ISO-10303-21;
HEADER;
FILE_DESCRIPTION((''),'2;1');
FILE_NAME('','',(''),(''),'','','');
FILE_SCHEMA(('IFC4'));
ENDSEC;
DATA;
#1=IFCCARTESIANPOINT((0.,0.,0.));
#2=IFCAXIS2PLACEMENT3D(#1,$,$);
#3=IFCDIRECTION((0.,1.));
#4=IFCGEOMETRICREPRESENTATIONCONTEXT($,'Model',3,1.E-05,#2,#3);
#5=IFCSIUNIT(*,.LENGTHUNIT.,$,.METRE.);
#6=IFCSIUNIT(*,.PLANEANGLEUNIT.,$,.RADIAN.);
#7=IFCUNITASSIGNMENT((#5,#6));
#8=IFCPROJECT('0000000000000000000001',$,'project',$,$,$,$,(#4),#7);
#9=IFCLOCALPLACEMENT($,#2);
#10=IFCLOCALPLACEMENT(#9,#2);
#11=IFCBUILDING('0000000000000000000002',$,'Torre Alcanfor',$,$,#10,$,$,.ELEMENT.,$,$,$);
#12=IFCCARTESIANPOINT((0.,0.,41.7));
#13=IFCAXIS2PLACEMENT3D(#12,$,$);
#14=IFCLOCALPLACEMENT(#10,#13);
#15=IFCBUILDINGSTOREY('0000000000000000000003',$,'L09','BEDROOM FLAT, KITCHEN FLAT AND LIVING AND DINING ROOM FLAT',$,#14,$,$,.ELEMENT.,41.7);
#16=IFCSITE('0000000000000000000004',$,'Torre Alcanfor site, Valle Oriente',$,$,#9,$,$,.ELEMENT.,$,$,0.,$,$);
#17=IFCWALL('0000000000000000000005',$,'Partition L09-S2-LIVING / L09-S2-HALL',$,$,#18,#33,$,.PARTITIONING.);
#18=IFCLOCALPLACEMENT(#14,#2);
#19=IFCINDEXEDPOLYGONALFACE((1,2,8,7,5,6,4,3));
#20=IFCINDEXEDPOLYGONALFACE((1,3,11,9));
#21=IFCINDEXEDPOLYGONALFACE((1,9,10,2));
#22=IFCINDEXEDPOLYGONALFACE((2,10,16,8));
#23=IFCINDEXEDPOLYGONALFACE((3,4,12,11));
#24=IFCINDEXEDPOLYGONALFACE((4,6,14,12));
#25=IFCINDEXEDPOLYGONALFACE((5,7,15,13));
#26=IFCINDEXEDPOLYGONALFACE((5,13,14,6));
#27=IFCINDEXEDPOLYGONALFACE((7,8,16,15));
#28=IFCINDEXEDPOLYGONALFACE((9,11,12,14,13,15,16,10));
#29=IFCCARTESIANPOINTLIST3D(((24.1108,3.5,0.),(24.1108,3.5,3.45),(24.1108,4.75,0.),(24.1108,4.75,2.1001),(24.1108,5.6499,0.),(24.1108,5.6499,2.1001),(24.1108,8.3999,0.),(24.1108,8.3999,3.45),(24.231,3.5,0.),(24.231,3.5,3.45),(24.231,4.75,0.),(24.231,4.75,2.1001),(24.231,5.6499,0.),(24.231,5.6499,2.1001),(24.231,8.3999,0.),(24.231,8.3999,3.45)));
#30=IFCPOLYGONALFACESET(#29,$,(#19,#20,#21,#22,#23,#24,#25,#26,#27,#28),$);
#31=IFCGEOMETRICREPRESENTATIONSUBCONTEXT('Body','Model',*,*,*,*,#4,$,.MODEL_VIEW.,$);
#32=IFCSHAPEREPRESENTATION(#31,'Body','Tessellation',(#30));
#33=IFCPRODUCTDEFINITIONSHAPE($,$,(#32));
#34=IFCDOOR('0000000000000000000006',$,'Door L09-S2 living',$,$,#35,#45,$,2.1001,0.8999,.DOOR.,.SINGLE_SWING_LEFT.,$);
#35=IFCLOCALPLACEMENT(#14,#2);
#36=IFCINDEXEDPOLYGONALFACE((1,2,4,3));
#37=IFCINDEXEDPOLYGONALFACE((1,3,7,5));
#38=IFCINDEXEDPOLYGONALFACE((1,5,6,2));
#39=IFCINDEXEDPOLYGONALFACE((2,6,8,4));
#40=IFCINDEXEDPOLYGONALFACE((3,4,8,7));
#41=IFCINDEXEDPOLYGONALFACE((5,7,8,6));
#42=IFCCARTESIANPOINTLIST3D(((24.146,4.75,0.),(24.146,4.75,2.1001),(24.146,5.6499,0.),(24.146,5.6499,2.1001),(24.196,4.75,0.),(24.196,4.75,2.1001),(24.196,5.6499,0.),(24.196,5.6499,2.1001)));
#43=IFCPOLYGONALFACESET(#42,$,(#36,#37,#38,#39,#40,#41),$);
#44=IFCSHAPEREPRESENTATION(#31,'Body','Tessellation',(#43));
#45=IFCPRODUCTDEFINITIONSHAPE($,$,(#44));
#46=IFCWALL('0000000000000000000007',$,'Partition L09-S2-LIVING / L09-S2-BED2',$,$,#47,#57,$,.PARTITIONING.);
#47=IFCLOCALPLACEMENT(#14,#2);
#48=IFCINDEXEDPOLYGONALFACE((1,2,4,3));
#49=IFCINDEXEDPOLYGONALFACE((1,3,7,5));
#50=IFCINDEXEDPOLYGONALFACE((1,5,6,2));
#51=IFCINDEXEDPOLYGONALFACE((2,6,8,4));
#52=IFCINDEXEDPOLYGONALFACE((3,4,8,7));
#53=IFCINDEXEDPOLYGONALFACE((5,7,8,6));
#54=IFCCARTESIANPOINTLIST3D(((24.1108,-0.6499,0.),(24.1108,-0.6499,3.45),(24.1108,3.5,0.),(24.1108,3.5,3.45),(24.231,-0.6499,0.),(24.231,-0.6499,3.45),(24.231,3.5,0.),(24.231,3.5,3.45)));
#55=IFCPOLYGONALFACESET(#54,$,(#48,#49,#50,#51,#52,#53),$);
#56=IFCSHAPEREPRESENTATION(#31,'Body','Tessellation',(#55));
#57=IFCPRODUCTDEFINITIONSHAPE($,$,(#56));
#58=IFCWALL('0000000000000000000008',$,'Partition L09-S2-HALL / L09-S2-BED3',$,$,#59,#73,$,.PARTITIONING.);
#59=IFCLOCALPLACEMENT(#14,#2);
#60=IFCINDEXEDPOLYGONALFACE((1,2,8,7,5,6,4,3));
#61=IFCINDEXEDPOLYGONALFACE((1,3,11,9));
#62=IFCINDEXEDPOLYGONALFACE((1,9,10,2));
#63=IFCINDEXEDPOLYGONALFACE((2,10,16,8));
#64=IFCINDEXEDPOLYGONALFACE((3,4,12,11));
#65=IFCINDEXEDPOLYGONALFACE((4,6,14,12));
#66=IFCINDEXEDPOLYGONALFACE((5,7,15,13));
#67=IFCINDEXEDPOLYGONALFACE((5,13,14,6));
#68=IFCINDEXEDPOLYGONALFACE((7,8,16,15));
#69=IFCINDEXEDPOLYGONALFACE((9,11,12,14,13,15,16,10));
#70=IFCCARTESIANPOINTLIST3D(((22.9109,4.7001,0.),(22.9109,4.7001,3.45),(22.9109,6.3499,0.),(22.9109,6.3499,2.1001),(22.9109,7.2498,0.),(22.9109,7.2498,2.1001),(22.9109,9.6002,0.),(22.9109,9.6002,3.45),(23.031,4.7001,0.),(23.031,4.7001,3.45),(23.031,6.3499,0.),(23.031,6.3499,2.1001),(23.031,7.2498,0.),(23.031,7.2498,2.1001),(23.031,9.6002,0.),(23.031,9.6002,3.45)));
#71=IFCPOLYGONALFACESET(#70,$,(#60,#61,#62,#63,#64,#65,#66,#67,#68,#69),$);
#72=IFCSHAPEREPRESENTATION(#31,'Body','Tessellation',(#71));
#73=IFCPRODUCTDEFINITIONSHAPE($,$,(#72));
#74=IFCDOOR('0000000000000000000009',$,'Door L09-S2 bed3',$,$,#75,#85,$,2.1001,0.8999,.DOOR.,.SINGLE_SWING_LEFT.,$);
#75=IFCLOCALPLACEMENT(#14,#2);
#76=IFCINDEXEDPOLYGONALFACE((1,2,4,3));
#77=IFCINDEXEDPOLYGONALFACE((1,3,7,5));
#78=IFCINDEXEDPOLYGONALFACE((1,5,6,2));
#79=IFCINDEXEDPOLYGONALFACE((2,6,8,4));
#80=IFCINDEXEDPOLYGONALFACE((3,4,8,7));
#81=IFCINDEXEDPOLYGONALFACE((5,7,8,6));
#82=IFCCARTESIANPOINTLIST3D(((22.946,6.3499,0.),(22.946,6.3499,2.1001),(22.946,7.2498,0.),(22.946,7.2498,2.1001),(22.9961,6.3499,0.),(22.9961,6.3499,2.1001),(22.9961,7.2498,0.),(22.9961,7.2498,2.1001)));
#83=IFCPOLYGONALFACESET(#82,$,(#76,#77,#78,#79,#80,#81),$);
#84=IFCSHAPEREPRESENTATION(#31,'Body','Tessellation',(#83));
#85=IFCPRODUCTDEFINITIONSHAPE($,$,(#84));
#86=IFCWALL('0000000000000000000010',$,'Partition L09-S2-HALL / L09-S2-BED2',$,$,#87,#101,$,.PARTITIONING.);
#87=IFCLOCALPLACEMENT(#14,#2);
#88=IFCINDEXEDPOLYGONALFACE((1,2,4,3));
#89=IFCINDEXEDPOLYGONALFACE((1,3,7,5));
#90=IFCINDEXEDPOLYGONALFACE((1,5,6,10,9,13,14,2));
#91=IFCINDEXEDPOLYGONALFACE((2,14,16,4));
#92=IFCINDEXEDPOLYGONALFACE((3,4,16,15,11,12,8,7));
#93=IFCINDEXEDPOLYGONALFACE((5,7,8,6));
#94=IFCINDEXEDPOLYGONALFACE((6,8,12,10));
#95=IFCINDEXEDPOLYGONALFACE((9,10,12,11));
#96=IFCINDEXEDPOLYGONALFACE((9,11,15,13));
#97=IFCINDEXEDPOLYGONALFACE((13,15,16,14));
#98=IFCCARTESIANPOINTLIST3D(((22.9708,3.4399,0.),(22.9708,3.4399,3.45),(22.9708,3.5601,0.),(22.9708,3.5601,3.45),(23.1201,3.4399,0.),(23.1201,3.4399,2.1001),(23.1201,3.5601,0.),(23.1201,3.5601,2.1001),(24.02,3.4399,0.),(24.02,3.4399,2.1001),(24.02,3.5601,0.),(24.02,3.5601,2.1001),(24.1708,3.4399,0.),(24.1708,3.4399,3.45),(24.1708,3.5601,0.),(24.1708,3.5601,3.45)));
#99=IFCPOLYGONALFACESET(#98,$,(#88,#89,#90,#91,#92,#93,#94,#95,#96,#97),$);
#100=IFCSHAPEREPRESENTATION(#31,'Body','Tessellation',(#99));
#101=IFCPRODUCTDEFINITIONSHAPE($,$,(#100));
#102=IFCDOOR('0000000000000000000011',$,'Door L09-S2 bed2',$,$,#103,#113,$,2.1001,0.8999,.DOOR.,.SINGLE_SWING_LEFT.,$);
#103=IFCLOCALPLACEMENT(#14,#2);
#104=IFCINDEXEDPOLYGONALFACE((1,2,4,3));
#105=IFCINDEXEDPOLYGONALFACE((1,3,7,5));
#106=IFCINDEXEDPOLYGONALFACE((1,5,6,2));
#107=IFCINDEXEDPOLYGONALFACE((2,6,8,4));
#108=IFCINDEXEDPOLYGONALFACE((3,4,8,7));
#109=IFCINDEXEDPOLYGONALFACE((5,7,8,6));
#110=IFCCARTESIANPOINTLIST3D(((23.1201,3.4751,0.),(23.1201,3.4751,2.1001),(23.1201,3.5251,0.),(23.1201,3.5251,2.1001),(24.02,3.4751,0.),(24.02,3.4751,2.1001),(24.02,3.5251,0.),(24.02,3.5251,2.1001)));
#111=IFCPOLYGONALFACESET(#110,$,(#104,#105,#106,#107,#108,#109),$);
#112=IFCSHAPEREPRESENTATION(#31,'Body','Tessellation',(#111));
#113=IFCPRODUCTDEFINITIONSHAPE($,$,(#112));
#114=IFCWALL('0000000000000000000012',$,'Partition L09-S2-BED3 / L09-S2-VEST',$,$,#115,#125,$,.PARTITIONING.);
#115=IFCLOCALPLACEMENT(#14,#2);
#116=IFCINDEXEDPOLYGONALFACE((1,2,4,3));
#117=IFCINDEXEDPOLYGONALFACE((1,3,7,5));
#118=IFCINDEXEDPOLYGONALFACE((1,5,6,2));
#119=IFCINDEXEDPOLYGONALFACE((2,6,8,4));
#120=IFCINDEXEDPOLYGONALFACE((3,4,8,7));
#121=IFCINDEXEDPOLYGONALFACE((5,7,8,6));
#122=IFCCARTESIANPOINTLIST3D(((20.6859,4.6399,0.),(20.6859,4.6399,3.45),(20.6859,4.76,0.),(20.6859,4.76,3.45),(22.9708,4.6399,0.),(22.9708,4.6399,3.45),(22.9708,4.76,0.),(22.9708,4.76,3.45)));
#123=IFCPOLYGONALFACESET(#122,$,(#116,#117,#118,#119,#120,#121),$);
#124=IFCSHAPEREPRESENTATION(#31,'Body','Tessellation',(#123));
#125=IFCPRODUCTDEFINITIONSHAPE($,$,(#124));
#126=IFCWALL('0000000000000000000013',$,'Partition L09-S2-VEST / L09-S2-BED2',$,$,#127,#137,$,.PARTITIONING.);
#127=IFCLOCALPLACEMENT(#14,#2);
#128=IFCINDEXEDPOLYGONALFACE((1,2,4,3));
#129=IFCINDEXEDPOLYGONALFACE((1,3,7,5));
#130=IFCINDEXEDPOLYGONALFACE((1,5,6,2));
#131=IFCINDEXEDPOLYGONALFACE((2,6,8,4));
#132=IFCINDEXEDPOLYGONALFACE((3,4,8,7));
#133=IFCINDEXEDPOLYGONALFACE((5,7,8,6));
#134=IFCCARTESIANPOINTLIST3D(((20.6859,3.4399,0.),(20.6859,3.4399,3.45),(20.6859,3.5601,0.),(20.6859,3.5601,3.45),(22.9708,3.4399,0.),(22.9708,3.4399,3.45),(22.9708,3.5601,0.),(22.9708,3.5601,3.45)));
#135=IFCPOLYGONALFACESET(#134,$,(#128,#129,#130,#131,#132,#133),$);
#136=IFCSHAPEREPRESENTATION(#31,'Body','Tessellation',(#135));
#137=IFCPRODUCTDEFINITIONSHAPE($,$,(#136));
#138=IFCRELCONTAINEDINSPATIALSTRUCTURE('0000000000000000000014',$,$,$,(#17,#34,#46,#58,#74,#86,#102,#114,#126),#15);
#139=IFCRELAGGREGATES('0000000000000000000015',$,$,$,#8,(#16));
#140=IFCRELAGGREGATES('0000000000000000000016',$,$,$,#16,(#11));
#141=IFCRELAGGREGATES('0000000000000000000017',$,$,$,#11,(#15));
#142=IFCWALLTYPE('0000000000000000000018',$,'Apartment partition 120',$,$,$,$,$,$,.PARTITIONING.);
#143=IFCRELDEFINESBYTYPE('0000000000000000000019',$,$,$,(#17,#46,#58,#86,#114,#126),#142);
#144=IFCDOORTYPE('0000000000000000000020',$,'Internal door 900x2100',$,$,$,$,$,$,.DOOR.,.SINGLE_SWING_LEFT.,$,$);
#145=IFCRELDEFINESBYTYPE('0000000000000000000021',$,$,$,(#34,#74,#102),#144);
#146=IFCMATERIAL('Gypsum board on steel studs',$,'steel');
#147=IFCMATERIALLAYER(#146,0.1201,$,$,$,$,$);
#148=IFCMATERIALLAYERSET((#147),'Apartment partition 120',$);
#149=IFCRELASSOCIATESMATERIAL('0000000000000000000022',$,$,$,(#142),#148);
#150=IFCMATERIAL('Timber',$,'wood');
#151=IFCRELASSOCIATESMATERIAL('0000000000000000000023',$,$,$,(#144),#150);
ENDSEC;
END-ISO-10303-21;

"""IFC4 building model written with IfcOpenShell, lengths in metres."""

from ifc_helpers import new_model, si_unit, direction, frame, frame_2d, origin, place, context, subcontext, project, spatial, rectangle, extrude, material, layer, layer_set, type_object, element, fill, save


model = new_model("IFC4")

# Units and contexts
model_context = context("Model", 3, precision=1e-05, world=origin(), true_north=direction((0.0, 1.0)))
body_context = subcontext(model_context, "Body", "Model", "MODEL_VIEW")
ifc_project = project(units=[si_unit("LENGTHUNIT", "METRE"), si_unit("PLANEANGLEUNIT", "RADIAN")], contexts=[model_context])

# Site, building, storey
site_placement = place(None, origin())
site = spatial("IfcSite", under=ifc_project, at=site_placement, Name="Torre Alcanfor site, Valle Oriente", CompositionType="ELEMENT", RefElevation=0.0)
building_placement = place(site_placement, origin())
building = spatial("IfcBuilding", under=site, at=building_placement, Name="Torre Alcanfor", CompositionType="ELEMENT")
storey_placement = place(building_placement, frame((0.0, 0.0, 41.7)))
storey = spatial("IfcBuildingStorey", under=building, at=storey_placement, Name="L09", Description="BEDROOM FLAT, KITCHEN FLAT AND LIVING AND DINING ROOM FLAT", CompositionType="ELEMENT", Elevation=41.7)

# Shared definitions
ifc_material_1 = material(Name="Gypsum board on steel studs", Category="steel")
ifc_layer_1 = layer(ifc_material_1, 0.1201)
ifc_layer_set_1 = layer_set([ifc_layer_1], Name="Apartment partition 120")
wall_type = type_object("IfcWallType", Name="Apartment partition 120", PredefinedType="PARTITIONING", material=ifc_layer_set_1)

# Wall, opening, door
wall_1_placement = place(storey_placement, frame((24.1709, 3.5, 0.0), z_axis=(0.0, 0.0, 1.0), x_axis=(0.0, 1.0, 0.0)))
wall_1 = element("IfcWall", 1, at=wall_1_placement, inside=storey, type_object=wall_type, Name="Partition L09-S2-LIVING / L09-S2-HALL", PredefinedType="PARTITIONING", context=body_context, shape_type="SweptSolid", body=[
    extrude(rectangle(XDim=4.8999, YDim=0.1201, at=frame_2d((2.45, 0.0))), origin(), (0.0, 0.0, 1.0), 3.45),
])
opening_1_placement = place(wall_1_placement, frame((1.25, 0.0, 0.0)))
opening_1 = element("IfcOpeningElement", 2, at=opening_1_placement, cuts=wall_1, PredefinedType="OPENING", context=body_context, shape_type="SweptSolid", body=[
    extrude(rectangle(XDim=0.8999, YDim=2.1001, at=frame_2d((0.45, 1.05))), frame((0.0, 0.0701, 0.0), z_axis=(0.0, -1.0, 0.0), x_axis=(1.0, 0.0, 0.0)), (0.0, 0.0, 1.0), 0.1401),
])
ifc_material_2 = material(Name="Timber", Category="wood")
door_type = type_object("IfcDoorType", Name="Internal door 900x2100", OperationType="SINGLE_SWING_LEFT", PredefinedType="DOOR", material=ifc_material_2)
door_1_placement = place(opening_1_placement, frame((0.8999, 0.0, 0.0), z_axis=(0.0, 0.0, 1.0), x_axis=(-1.0, 0.0, 0.0)))
door_1 = element("IfcDoor", 3, at=door_1_placement, inside=storey, type_object=door_type, Name="Door L09-S2 living", OperationType="SINGLE_SWING_LEFT", OverallHeight=2.1001, OverallWidth=0.8999, PredefinedType="DOOR", context=body_context, shape_type="SweptSolid", body=[
    extrude(rectangle(XDim=0.8999, YDim=2.1001, at=frame_2d((0.45, 1.05))), frame((0.0, 0.0251, 0.0), z_axis=(0.0, -1.0, 0.0), x_axis=(1.0, 0.0, 0.0)), (0.0, 0.0, 1.0), 0.05),
])
fill(opening_1, door_1)

# Wall
wall_2_placement = place(storey_placement, frame((24.1709, -0.6499, 0.0), z_axis=(0.0, 0.0, 1.0), x_axis=(0.0, 1.0, 0.0)))
element("IfcWall", 4, at=wall_2_placement, inside=storey, type_object=wall_type, Name="Partition L09-S2-LIVING / L09-S2-BED2", PredefinedType="PARTITIONING", context=body_context, shape_type="SweptSolid", body=[
    extrude(rectangle(XDim=4.1499, YDim=0.1201, at=frame_2d((2.075, 0.0))), origin(), (0.0, 0.0, 1.0), 3.45),
])

# Walls, openings, doors
wall_3_placement = place(storey_placement, frame((22.9709, 4.7, 0.0), z_axis=(0.0, 0.0, 1.0), x_axis=(0.0, 1.0, 0.0)))
wall_3 = element("IfcWall", 5, at=wall_3_placement, inside=storey, type_object=wall_type, Name="Partition L09-S2-HALL / L09-S2-BED3", PredefinedType="PARTITIONING", context=body_context, shape_type="SweptSolid", body=[
    extrude(rectangle(XDim=4.9001, YDim=0.1201, at=frame_2d((2.4502, 0.0))), origin(), (0.0, 0.0, 1.0), 3.45),
])
opening_2_placement = place(wall_3_placement, frame((1.6499, 0.0, 0.0)))
opening_2 = element("IfcOpeningElement", 6, at=opening_2_placement, cuts=wall_3, PredefinedType="OPENING", context=body_context, shape_type="SweptSolid", body=[
    extrude(rectangle(XDim=0.8999, YDim=2.1001, at=frame_2d((0.45, 1.05))), frame((0.0, 0.0701, 0.0), z_axis=(0.0, -1.0, 0.0), x_axis=(1.0, 0.0, 0.0)), (0.0, 0.0, 1.0), 0.1401),
])
door_2_placement = place(opening_2_placement, origin())
door_2 = element("IfcDoor", 7, at=door_2_placement, inside=storey, type_object=door_type, Name="Door L09-S2 bed3", OperationType="SINGLE_SWING_LEFT", OverallHeight=2.1001, OverallWidth=0.8999, PredefinedType="DOOR", context=body_context, shape_type="SweptSolid", body=[
    extrude(rectangle(XDim=0.8999, YDim=2.1001, at=frame_2d((0.45, 1.05))), frame((0.0, 0.0249, 0.0), z_axis=(0.0, -1.0, 0.0), x_axis=(1.0, 0.0, 0.0)), (0.0, 0.0, 1.0), 0.05),
])
fill(opening_2, door_2)
wall_4_placement = place(storey_placement, frame((24.1709, 3.5, 0.0), z_axis=(0.0, 0.0, 1.0), x_axis=(-1.0, 0.0, 0.0)))
wall_4 = element("IfcWall", 8, at=wall_4_placement, inside=storey, type_object=wall_type, Name="Partition L09-S2-HALL / L09-S2-BED2", PredefinedType="PARTITIONING", context=body_context, shape_type="SweptSolid", body=[
    extrude(rectangle(XDim=1.2, YDim=0.1201, at=frame_2d((0.6001, 0.0))), origin(), (0.0, 0.0, 1.0), 3.45),
])
opening_3_placement = place(wall_4_placement, frame((0.1509, 0.0, 0.0)))
opening_3 = element("IfcOpeningElement", 9, at=opening_3_placement, cuts=wall_4, PredefinedType="OPENING", context=body_context, shape_type="SweptSolid", body=[
    extrude(rectangle(XDim=0.8999, YDim=2.1001, at=frame_2d((0.45, 1.05))), frame((0.0, 0.0701, 0.0), z_axis=(0.0, -1.0, 0.0), x_axis=(1.0, 0.0, 0.0)), (0.0, 0.0, 1.0), 0.1401),
])
door_3_placement = place(opening_3_placement, origin())
door_3 = element("IfcDoor", 10, at=door_3_placement, inside=storey, type_object=door_type, Name="Door L09-S2 bed2", OperationType="SINGLE_SWING_LEFT", OverallHeight=2.1001, OverallWidth=0.8999, PredefinedType="DOOR", context=body_context, shape_type="SweptSolid", body=[
    extrude(rectangle(XDim=0.8999, YDim=2.1001, at=frame_2d((0.45, 1.05))), frame((0.0, 0.0249, 0.0), z_axis=(0.0, -1.0, 0.0), x_axis=(1.0, 0.0, 0.0)), (0.0, 0.0, 1.0), 0.05),
])
fill(opening_3, door_3)

# Walls
for number, where, z_axis, x_axis, name in (
    (11, (22.9709, 4.7, 0.0), (0.0, 0.0, 1.0), (-1.0, 0.0, 0.0), "Partition L09-S2-BED3 / L09-S2-VEST"),
    (12, (22.9709, 3.5, 0.0), (0.0, 0.0, 1.0), (-1.0, 0.0, 0.0), "Partition L09-S2-VEST / L09-S2-BED2"),
):
    element("IfcWall", number, at=place(storey_placement, frame(where, z_axis=z_axis, x_axis=x_axis)), inside=storey, type_object=wall_type, Name=name, PredefinedType="PARTITIONING", context=body_context, shape_type="SweptSolid", body=[
        extrude(rectangle(XDim=2.2849, YDim=0.1201, at=frame_2d((1.1426, 0.0))), origin(), (0.0, 0.0, 1.0), 3.45),
    ])

save(model, "model.ifc")
